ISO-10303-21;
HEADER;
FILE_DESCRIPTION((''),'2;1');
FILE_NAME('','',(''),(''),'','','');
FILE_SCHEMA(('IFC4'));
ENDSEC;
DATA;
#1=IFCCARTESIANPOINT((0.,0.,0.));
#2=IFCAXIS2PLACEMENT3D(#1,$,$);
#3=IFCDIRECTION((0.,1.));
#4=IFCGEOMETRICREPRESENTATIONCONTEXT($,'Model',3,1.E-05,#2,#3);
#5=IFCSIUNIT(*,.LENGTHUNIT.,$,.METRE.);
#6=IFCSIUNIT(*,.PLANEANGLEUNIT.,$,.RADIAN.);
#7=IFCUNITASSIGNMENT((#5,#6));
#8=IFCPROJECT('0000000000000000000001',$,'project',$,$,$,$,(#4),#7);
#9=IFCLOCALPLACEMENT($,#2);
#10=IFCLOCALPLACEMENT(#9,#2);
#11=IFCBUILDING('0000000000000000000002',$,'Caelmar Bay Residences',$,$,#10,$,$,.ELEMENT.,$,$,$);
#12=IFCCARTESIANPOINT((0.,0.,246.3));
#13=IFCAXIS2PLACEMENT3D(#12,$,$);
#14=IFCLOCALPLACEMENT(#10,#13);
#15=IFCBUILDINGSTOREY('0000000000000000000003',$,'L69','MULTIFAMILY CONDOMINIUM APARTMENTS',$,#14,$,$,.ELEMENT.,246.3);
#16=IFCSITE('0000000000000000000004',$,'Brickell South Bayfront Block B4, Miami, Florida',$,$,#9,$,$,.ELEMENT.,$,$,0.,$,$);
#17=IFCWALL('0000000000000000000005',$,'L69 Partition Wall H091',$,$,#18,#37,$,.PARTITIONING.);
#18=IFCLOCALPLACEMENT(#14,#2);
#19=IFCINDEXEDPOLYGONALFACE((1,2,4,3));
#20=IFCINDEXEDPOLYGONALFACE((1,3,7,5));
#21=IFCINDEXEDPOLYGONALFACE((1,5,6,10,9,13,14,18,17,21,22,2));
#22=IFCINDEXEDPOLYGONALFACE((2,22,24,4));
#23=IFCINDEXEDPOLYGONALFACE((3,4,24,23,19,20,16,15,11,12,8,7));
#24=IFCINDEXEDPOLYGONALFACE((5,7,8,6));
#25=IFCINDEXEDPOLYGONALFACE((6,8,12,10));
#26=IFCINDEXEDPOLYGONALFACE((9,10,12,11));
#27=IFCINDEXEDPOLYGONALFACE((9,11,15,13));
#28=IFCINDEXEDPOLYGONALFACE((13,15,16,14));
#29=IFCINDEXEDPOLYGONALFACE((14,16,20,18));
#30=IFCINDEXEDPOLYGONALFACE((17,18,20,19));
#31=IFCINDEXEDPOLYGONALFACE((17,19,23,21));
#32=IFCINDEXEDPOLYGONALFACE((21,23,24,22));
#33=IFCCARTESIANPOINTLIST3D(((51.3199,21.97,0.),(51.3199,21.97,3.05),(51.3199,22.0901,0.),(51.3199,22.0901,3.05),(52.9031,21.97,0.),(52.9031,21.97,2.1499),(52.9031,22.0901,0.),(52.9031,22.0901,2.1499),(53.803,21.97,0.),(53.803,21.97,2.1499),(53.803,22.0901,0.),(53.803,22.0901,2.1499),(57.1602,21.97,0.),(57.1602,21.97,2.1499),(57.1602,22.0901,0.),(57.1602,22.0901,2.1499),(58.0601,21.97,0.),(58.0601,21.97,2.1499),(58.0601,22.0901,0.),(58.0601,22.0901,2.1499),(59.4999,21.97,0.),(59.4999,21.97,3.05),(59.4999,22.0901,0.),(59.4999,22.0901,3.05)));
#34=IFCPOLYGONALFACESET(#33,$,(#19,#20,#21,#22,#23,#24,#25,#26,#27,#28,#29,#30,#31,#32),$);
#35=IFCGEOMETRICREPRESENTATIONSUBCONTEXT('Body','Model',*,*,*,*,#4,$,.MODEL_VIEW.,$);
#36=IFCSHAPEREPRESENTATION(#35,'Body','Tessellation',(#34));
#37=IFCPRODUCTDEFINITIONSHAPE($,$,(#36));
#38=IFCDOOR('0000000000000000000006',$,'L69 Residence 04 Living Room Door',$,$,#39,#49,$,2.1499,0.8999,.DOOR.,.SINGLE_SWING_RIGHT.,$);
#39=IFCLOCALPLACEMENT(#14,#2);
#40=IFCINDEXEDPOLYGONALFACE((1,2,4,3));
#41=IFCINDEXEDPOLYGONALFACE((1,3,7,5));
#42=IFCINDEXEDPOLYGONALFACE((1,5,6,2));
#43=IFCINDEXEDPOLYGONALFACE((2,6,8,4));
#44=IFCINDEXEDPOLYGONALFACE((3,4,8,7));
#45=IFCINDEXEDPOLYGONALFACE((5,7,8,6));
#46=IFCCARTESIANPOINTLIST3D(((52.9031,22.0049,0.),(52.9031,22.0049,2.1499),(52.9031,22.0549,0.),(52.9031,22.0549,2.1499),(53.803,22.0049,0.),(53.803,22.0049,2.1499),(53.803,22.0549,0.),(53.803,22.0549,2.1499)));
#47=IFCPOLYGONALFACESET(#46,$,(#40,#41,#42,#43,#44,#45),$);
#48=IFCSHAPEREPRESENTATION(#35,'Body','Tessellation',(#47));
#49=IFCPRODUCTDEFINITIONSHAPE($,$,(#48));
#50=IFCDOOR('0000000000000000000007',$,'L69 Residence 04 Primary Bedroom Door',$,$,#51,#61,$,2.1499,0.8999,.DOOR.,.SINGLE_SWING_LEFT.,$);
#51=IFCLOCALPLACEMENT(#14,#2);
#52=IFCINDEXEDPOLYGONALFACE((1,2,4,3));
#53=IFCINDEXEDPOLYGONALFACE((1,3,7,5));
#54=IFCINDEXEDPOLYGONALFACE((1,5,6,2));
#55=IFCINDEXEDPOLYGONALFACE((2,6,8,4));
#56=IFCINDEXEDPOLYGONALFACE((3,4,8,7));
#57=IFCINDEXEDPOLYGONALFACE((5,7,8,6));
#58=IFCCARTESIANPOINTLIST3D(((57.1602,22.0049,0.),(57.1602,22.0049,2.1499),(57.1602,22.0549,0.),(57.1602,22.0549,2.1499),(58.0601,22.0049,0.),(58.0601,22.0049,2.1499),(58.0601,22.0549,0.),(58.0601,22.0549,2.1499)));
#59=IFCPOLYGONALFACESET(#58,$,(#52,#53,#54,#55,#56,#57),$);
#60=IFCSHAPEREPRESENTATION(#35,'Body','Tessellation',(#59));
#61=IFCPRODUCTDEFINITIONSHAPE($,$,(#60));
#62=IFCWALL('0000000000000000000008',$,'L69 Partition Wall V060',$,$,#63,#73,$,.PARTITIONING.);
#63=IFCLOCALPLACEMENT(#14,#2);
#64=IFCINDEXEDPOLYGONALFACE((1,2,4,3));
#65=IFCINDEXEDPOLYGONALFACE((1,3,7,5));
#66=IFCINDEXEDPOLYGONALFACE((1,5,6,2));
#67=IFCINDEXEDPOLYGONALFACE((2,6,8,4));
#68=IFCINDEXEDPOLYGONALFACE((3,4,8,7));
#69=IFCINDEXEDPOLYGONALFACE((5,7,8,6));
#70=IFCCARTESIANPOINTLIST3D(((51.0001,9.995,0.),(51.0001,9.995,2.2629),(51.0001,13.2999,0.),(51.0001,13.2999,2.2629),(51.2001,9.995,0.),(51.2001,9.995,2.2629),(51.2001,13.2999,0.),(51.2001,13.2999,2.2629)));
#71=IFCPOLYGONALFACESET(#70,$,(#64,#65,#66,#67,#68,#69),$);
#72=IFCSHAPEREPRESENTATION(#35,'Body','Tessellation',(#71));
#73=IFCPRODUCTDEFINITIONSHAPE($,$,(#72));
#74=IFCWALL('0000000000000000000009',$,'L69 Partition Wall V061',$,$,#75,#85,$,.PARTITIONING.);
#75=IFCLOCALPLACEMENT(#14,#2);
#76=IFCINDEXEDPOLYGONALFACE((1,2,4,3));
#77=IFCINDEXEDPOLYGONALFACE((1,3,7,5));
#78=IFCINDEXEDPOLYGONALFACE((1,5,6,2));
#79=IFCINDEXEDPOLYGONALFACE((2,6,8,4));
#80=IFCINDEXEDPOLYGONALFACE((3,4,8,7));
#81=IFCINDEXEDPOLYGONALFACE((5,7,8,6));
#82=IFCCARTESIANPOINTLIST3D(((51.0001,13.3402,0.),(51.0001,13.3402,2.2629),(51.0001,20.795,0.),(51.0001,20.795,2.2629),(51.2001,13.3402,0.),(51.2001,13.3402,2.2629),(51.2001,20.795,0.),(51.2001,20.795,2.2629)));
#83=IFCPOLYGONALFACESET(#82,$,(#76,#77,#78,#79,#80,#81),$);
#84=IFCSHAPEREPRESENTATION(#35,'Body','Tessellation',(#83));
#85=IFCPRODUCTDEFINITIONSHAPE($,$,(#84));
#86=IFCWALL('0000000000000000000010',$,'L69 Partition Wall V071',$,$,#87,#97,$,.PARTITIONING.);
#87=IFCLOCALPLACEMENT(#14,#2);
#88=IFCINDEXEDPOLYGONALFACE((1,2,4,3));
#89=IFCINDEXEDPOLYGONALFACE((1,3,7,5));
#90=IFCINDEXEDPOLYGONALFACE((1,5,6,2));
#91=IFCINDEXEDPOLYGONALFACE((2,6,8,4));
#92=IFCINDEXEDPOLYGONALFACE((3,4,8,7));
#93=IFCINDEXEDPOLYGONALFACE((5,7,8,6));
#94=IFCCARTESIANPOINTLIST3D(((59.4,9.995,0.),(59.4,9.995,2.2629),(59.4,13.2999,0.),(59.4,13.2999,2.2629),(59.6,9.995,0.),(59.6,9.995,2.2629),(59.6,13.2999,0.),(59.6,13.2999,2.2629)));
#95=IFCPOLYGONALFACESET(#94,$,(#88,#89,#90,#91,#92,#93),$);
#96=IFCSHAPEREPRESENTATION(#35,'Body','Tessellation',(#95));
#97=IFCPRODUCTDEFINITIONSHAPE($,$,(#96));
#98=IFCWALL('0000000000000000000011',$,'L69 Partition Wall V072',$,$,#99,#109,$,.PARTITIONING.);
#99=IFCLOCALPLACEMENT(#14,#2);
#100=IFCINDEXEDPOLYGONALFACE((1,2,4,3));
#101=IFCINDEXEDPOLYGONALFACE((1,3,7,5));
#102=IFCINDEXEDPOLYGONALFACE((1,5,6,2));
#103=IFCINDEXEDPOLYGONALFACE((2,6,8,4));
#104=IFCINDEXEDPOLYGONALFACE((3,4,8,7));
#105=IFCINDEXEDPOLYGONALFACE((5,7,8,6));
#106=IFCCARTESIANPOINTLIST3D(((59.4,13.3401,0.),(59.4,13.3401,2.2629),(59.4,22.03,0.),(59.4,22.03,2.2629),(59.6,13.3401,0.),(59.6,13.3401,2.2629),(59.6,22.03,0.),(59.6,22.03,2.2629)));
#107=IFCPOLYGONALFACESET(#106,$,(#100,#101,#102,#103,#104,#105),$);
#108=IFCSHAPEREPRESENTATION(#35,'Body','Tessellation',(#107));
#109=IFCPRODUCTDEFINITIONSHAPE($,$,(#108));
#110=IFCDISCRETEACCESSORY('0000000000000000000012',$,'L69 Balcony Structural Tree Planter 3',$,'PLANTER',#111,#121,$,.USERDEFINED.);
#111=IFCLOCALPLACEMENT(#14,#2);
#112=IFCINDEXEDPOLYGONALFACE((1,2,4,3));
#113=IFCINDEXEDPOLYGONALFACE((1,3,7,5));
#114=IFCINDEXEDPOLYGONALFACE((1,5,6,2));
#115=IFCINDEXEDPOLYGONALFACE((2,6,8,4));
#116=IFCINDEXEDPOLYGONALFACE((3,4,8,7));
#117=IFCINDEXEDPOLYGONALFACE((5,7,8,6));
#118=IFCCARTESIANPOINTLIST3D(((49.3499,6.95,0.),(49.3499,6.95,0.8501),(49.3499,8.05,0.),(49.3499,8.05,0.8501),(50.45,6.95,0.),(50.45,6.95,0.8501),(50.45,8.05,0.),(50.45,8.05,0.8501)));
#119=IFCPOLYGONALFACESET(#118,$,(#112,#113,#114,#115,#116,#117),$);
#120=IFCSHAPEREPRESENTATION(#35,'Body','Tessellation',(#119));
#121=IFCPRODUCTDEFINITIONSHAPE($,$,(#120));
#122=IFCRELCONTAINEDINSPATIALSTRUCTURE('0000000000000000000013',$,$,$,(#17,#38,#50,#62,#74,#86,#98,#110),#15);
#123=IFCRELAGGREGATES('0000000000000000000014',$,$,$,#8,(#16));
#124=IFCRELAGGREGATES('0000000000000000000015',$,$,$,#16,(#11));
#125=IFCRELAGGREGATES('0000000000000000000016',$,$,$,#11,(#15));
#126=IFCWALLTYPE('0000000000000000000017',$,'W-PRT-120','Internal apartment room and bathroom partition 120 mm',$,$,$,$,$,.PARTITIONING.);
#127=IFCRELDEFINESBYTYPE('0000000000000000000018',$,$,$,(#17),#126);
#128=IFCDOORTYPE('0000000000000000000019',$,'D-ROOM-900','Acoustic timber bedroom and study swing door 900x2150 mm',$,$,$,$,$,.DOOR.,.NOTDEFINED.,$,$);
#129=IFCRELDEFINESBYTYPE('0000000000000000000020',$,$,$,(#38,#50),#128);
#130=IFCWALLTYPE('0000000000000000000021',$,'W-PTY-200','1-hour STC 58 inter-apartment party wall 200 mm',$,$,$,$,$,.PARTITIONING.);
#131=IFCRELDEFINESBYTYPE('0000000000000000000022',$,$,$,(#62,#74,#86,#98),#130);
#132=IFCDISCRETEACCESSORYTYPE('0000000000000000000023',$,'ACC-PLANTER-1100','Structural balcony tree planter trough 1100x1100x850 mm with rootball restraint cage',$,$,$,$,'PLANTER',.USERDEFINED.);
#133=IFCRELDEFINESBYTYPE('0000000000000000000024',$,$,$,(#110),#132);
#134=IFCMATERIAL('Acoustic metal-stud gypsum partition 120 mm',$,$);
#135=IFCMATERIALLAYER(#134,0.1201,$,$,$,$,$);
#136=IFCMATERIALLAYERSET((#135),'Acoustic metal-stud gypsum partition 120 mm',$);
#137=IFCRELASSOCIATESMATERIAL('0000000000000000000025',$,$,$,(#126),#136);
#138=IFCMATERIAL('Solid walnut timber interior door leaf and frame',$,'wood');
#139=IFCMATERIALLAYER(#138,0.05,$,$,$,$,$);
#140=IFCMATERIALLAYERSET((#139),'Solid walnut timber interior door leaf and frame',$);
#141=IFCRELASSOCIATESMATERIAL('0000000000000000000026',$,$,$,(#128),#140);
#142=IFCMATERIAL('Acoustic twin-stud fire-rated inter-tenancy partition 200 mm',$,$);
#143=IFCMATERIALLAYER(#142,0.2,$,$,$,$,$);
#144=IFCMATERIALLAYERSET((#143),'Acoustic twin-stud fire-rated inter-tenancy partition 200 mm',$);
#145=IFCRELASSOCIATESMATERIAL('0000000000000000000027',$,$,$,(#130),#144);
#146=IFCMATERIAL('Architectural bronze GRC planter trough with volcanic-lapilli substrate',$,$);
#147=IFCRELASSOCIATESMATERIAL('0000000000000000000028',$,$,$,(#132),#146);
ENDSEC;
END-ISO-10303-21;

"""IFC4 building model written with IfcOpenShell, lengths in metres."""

from ifc_helpers import new_model, si_unit, direction, frame, frame_2d, origin, origin_2d, place, context, subcontext, project, spatial, rectangle, extrude, material, layer, layer_set, type_object, element, fill, save


model = new_model("IFC4")

# Units and contexts
model_context = context("Model", 3, precision=1e-05, world=origin(), true_north=direction((0.0, 1.0)))
body_context = subcontext(model_context, "Body", "Model", "MODEL_VIEW")
ifc_project = project(units=[si_unit("LENGTHUNIT", "METRE"), si_unit("PLANEANGLEUNIT", "RADIAN")], contexts=[model_context])

# Site, building, storey
site_placement = place(None, origin())
site = spatial("IfcSite", under=ifc_project, at=site_placement, Name="Brickell South Bayfront Block B4, Miami, Florida", CompositionType="ELEMENT", RefElevation=0.0)
building_placement = place(site_placement, origin())
building = spatial("IfcBuilding", under=site, at=building_placement, Name="Caelmar Bay Residences", CompositionType="ELEMENT")
storey_placement = place(building_placement, frame((0.0, 0.0, 246.3)))
storey = spatial("IfcBuildingStorey", under=building, at=storey_placement, Name="L69", Description="MULTIFAMILY CONDOMINIUM APARTMENTS", CompositionType="ELEMENT", Elevation=246.3)

# Shared definitions
ifc_material_1 = material(Name="Acoustic metal-stud gypsum partition 120 mm")
ifc_layer_1 = layer(ifc_material_1, 0.1201)
ifc_layer_set_1 = layer_set([ifc_layer_1], Name="Acoustic metal-stud gypsum partition 120 mm")
wall_type_1 = type_object("IfcWallType", Name="W-PRT-120", Description="Internal apartment room and bathroom partition 120 mm", PredefinedType="PARTITIONING", material=ifc_layer_set_1)

# Wall, openings, doors
wall_1_placement = place(storey_placement, frame((51.3201, 22.03, 0.0), z_axis=(0.0, 0.0, 1.0), x_axis=(1.0, 0.0, 0.0)))
wall_1 = element("IfcWall", 1, at=wall_1_placement, inside=storey, type_object=wall_type_1, Name="L69 Partition Wall H091", PredefinedType="PARTITIONING", context=body_context, shape_type="SweptSolid", body=[
    extrude(rectangle(XDim=8.1799, YDim=0.1201, at=frame_2d((4.0898, 0.0))), origin(), (0.0, 0.0, 1.0), 3.05),
])
opening_1_placement = place(wall_1_placement, frame((1.583, 0.0, 0.0)))
opening_1 = element("IfcOpeningElement", 2, at=opening_1_placement, cuts=wall_1, PredefinedType="OPENING", context=body_context, shape_type="SweptSolid", body=[
    extrude(rectangle(XDim=0.8999, YDim=2.1499, at=frame_2d((0.45, 1.075))), frame((0.0, 0.0701, 0.0), z_axis=(0.0, -1.0, 0.0), x_axis=(1.0, 0.0, 0.0)), (0.0, 0.0, 1.0), 0.1401),
])
opening_2_placement = place(wall_1_placement, frame((5.8401, 0.0, 0.0)))
opening_2 = element("IfcOpeningElement", 3, at=opening_2_placement, cuts=wall_1, PredefinedType="OPENING", context=body_context, shape_type="SweptSolid", body=[
    extrude(rectangle(XDim=0.8999, YDim=2.1499, at=frame_2d((0.45, 1.075))), frame((0.0, 0.0701, 0.0), z_axis=(0.0, -1.0, 0.0), x_axis=(1.0, 0.0, 0.0)), (0.0, 0.0, 1.0), 0.1401),
])
ifc_material_2 = material(Name="Solid walnut timber interior door leaf and frame", Category="wood")
ifc_layer_2 = layer(ifc_material_2, 0.05)
ifc_layer_set_2 = layer_set([ifc_layer_2], Name="Solid walnut timber interior door leaf and frame")
door_type = type_object("IfcDoorType", Name="D-ROOM-900", Description="Acoustic timber bedroom and study swing door 900x2150 mm", OperationType="NOTDEFINED", PredefinedType="DOOR", material=ifc_layer_set_2)
door_1_placement = place(opening_1_placement, origin())
door_1 = element("IfcDoor", 4, at=door_1_placement, inside=storey, type_object=door_type, Name="L69 Residence 04 Living Room Door", OperationType="SINGLE_SWING_RIGHT", OverallHeight=2.1499, OverallWidth=0.8999, PredefinedType="DOOR", context=body_context, shape_type="SweptSolid", body=[
    extrude(rectangle(XDim=0.8999, YDim=2.1499, at=frame_2d((0.45, 1.075))), frame((0.0, 0.0249, 0.0), z_axis=(0.0, -1.0, 0.0), x_axis=(1.0, 0.0, 0.0)), (0.0, 0.0, 1.0), 0.05),
])
fill(opening_1, door_1)
door_2_placement = place(opening_2_placement, origin())
door_2 = element("IfcDoor", 5, at=door_2_placement, inside=storey, type_object=door_type, Name="L69 Residence 04 Primary Bedroom Door", OperationType="SINGLE_SWING_LEFT", OverallHeight=2.1499, OverallWidth=0.8999, PredefinedType="DOOR", context=body_context, shape_type="SweptSolid", body=[
    extrude(rectangle(XDim=0.8999, YDim=2.1499, at=frame_2d((0.45, 1.075))), frame((0.0, 0.0249, 0.0), z_axis=(0.0, -1.0, 0.0), x_axis=(1.0, 0.0, 0.0)), (0.0, 0.0, 1.0), 0.05),
])
fill(opening_2, door_2)

# Walls
ifc_material_3 = material(Name="Acoustic twin-stud fire-rated inter-tenancy partition 200 mm")
ifc_layer_3 = layer(ifc_material_3, 0.2)
ifc_layer_set_3 = layer_set([ifc_layer_3], Name="Acoustic twin-stud fire-rated inter-tenancy partition 200 mm")
wall_type_2 = type_object("IfcWallType", Name="W-PTY-200", Description="1-hour STC 58 inter-apartment party wall 200 mm", PredefinedType="PARTITIONING", material=ifc_layer_set_3)
wall_2_placement = place(storey_placement, frame((51.1001, 9.9951, 0.0), z_axis=(0.0, 0.0, 1.0), x_axis=(0.0, 1.0, 0.0)))
element("IfcWall", 6, at=wall_2_placement, inside=storey, type_object=wall_type_2, Name="L69 Partition Wall V060", PredefinedType="PARTITIONING", context=body_context, shape_type="SweptSolid", body=[
    extrude(rectangle(XDim=3.3049, YDim=0.2, at=frame_2d((1.6523, 0.0))), origin(), (0.0, 0.0, 1.0), 2.2629),
])
wall_3_placement = place(storey_placement, frame((51.1001, 13.3401, 0.0), z_axis=(0.0, 0.0, 1.0), x_axis=(0.0, 1.0, 0.0)))
element("IfcWall", 7, at=wall_3_placement, inside=storey, type_object=wall_type_2, Name="L69 Partition Wall V061", PredefinedType="PARTITIONING", context=body_context, shape_type="SweptSolid", body=[
    extrude(rectangle(XDim=7.4548, YDim=0.2, at=frame_2d((3.7275, 0.0))), origin(), (0.0, 0.0, 1.0), 2.2629),
])
wall_4_placement = place(storey_placement, frame((59.5, 9.9951, 0.0), z_axis=(0.0, 0.0, 1.0), x_axis=(0.0, 1.0, 0.0)))
element("IfcWall", 8, at=wall_4_placement, inside=storey, type_object=wall_type_2, Name="L69 Partition Wall V071", PredefinedType="PARTITIONING", context=body_context, shape_type="SweptSolid", body=[
    extrude(rectangle(XDim=3.3049, YDim=0.2, at=frame_2d((1.6523, 0.0))), origin(), (0.0, 0.0, 1.0), 2.2629),
])
wall_5_placement = place(storey_placement, frame((59.5, 13.3401, 0.0), z_axis=(0.0, 0.0, 1.0), x_axis=(0.0, 1.0, 0.0)))
element("IfcWall", 9, at=wall_5_placement, inside=storey, type_object=wall_type_2, Name="L69 Partition Wall V072", PredefinedType="PARTITIONING", context=body_context, shape_type="SweptSolid", body=[
    extrude(rectangle(XDim=8.6899, YDim=0.2, at=frame_2d((4.345, 0.0))), origin(), (0.0, 0.0, 1.0), 2.2629),
])

# Discrete accessory
ifc_material_4 = material(Name="Architectural bronze GRC planter trough with volcanic-lapilli substrate")
discrete_accessory_type = type_object("IfcDiscreteAccessoryType", Name="ACC-PLANTER-1100", Description="Structural balcony tree planter trough 1100x1100x850 mm with rootball restraint cage", ElementType="PLANTER", PredefinedType="USERDEFINED", material=ifc_material_4)
discrete_accessory_placement = place(storey_placement, frame((49.8999, 7.5, 0.0), z_axis=(0.0, 0.0, 1.0), x_axis=(1.0, 0.0, 0.0)))
element("IfcDiscreteAccessory", 10, at=discrete_accessory_placement, inside=storey, type_object=discrete_accessory_type, Name="L69 Balcony Structural Tree Planter 3", ObjectType="PLANTER", PredefinedType="USERDEFINED", context=body_context, shape_type="SweptSolid", body=[
    extrude(rectangle(XDim=1.1001, YDim=1.1001, at=origin_2d()), origin(), (0.0, 0.0, 1.0), 0.8501),
])

save(model, "model.ifc")
